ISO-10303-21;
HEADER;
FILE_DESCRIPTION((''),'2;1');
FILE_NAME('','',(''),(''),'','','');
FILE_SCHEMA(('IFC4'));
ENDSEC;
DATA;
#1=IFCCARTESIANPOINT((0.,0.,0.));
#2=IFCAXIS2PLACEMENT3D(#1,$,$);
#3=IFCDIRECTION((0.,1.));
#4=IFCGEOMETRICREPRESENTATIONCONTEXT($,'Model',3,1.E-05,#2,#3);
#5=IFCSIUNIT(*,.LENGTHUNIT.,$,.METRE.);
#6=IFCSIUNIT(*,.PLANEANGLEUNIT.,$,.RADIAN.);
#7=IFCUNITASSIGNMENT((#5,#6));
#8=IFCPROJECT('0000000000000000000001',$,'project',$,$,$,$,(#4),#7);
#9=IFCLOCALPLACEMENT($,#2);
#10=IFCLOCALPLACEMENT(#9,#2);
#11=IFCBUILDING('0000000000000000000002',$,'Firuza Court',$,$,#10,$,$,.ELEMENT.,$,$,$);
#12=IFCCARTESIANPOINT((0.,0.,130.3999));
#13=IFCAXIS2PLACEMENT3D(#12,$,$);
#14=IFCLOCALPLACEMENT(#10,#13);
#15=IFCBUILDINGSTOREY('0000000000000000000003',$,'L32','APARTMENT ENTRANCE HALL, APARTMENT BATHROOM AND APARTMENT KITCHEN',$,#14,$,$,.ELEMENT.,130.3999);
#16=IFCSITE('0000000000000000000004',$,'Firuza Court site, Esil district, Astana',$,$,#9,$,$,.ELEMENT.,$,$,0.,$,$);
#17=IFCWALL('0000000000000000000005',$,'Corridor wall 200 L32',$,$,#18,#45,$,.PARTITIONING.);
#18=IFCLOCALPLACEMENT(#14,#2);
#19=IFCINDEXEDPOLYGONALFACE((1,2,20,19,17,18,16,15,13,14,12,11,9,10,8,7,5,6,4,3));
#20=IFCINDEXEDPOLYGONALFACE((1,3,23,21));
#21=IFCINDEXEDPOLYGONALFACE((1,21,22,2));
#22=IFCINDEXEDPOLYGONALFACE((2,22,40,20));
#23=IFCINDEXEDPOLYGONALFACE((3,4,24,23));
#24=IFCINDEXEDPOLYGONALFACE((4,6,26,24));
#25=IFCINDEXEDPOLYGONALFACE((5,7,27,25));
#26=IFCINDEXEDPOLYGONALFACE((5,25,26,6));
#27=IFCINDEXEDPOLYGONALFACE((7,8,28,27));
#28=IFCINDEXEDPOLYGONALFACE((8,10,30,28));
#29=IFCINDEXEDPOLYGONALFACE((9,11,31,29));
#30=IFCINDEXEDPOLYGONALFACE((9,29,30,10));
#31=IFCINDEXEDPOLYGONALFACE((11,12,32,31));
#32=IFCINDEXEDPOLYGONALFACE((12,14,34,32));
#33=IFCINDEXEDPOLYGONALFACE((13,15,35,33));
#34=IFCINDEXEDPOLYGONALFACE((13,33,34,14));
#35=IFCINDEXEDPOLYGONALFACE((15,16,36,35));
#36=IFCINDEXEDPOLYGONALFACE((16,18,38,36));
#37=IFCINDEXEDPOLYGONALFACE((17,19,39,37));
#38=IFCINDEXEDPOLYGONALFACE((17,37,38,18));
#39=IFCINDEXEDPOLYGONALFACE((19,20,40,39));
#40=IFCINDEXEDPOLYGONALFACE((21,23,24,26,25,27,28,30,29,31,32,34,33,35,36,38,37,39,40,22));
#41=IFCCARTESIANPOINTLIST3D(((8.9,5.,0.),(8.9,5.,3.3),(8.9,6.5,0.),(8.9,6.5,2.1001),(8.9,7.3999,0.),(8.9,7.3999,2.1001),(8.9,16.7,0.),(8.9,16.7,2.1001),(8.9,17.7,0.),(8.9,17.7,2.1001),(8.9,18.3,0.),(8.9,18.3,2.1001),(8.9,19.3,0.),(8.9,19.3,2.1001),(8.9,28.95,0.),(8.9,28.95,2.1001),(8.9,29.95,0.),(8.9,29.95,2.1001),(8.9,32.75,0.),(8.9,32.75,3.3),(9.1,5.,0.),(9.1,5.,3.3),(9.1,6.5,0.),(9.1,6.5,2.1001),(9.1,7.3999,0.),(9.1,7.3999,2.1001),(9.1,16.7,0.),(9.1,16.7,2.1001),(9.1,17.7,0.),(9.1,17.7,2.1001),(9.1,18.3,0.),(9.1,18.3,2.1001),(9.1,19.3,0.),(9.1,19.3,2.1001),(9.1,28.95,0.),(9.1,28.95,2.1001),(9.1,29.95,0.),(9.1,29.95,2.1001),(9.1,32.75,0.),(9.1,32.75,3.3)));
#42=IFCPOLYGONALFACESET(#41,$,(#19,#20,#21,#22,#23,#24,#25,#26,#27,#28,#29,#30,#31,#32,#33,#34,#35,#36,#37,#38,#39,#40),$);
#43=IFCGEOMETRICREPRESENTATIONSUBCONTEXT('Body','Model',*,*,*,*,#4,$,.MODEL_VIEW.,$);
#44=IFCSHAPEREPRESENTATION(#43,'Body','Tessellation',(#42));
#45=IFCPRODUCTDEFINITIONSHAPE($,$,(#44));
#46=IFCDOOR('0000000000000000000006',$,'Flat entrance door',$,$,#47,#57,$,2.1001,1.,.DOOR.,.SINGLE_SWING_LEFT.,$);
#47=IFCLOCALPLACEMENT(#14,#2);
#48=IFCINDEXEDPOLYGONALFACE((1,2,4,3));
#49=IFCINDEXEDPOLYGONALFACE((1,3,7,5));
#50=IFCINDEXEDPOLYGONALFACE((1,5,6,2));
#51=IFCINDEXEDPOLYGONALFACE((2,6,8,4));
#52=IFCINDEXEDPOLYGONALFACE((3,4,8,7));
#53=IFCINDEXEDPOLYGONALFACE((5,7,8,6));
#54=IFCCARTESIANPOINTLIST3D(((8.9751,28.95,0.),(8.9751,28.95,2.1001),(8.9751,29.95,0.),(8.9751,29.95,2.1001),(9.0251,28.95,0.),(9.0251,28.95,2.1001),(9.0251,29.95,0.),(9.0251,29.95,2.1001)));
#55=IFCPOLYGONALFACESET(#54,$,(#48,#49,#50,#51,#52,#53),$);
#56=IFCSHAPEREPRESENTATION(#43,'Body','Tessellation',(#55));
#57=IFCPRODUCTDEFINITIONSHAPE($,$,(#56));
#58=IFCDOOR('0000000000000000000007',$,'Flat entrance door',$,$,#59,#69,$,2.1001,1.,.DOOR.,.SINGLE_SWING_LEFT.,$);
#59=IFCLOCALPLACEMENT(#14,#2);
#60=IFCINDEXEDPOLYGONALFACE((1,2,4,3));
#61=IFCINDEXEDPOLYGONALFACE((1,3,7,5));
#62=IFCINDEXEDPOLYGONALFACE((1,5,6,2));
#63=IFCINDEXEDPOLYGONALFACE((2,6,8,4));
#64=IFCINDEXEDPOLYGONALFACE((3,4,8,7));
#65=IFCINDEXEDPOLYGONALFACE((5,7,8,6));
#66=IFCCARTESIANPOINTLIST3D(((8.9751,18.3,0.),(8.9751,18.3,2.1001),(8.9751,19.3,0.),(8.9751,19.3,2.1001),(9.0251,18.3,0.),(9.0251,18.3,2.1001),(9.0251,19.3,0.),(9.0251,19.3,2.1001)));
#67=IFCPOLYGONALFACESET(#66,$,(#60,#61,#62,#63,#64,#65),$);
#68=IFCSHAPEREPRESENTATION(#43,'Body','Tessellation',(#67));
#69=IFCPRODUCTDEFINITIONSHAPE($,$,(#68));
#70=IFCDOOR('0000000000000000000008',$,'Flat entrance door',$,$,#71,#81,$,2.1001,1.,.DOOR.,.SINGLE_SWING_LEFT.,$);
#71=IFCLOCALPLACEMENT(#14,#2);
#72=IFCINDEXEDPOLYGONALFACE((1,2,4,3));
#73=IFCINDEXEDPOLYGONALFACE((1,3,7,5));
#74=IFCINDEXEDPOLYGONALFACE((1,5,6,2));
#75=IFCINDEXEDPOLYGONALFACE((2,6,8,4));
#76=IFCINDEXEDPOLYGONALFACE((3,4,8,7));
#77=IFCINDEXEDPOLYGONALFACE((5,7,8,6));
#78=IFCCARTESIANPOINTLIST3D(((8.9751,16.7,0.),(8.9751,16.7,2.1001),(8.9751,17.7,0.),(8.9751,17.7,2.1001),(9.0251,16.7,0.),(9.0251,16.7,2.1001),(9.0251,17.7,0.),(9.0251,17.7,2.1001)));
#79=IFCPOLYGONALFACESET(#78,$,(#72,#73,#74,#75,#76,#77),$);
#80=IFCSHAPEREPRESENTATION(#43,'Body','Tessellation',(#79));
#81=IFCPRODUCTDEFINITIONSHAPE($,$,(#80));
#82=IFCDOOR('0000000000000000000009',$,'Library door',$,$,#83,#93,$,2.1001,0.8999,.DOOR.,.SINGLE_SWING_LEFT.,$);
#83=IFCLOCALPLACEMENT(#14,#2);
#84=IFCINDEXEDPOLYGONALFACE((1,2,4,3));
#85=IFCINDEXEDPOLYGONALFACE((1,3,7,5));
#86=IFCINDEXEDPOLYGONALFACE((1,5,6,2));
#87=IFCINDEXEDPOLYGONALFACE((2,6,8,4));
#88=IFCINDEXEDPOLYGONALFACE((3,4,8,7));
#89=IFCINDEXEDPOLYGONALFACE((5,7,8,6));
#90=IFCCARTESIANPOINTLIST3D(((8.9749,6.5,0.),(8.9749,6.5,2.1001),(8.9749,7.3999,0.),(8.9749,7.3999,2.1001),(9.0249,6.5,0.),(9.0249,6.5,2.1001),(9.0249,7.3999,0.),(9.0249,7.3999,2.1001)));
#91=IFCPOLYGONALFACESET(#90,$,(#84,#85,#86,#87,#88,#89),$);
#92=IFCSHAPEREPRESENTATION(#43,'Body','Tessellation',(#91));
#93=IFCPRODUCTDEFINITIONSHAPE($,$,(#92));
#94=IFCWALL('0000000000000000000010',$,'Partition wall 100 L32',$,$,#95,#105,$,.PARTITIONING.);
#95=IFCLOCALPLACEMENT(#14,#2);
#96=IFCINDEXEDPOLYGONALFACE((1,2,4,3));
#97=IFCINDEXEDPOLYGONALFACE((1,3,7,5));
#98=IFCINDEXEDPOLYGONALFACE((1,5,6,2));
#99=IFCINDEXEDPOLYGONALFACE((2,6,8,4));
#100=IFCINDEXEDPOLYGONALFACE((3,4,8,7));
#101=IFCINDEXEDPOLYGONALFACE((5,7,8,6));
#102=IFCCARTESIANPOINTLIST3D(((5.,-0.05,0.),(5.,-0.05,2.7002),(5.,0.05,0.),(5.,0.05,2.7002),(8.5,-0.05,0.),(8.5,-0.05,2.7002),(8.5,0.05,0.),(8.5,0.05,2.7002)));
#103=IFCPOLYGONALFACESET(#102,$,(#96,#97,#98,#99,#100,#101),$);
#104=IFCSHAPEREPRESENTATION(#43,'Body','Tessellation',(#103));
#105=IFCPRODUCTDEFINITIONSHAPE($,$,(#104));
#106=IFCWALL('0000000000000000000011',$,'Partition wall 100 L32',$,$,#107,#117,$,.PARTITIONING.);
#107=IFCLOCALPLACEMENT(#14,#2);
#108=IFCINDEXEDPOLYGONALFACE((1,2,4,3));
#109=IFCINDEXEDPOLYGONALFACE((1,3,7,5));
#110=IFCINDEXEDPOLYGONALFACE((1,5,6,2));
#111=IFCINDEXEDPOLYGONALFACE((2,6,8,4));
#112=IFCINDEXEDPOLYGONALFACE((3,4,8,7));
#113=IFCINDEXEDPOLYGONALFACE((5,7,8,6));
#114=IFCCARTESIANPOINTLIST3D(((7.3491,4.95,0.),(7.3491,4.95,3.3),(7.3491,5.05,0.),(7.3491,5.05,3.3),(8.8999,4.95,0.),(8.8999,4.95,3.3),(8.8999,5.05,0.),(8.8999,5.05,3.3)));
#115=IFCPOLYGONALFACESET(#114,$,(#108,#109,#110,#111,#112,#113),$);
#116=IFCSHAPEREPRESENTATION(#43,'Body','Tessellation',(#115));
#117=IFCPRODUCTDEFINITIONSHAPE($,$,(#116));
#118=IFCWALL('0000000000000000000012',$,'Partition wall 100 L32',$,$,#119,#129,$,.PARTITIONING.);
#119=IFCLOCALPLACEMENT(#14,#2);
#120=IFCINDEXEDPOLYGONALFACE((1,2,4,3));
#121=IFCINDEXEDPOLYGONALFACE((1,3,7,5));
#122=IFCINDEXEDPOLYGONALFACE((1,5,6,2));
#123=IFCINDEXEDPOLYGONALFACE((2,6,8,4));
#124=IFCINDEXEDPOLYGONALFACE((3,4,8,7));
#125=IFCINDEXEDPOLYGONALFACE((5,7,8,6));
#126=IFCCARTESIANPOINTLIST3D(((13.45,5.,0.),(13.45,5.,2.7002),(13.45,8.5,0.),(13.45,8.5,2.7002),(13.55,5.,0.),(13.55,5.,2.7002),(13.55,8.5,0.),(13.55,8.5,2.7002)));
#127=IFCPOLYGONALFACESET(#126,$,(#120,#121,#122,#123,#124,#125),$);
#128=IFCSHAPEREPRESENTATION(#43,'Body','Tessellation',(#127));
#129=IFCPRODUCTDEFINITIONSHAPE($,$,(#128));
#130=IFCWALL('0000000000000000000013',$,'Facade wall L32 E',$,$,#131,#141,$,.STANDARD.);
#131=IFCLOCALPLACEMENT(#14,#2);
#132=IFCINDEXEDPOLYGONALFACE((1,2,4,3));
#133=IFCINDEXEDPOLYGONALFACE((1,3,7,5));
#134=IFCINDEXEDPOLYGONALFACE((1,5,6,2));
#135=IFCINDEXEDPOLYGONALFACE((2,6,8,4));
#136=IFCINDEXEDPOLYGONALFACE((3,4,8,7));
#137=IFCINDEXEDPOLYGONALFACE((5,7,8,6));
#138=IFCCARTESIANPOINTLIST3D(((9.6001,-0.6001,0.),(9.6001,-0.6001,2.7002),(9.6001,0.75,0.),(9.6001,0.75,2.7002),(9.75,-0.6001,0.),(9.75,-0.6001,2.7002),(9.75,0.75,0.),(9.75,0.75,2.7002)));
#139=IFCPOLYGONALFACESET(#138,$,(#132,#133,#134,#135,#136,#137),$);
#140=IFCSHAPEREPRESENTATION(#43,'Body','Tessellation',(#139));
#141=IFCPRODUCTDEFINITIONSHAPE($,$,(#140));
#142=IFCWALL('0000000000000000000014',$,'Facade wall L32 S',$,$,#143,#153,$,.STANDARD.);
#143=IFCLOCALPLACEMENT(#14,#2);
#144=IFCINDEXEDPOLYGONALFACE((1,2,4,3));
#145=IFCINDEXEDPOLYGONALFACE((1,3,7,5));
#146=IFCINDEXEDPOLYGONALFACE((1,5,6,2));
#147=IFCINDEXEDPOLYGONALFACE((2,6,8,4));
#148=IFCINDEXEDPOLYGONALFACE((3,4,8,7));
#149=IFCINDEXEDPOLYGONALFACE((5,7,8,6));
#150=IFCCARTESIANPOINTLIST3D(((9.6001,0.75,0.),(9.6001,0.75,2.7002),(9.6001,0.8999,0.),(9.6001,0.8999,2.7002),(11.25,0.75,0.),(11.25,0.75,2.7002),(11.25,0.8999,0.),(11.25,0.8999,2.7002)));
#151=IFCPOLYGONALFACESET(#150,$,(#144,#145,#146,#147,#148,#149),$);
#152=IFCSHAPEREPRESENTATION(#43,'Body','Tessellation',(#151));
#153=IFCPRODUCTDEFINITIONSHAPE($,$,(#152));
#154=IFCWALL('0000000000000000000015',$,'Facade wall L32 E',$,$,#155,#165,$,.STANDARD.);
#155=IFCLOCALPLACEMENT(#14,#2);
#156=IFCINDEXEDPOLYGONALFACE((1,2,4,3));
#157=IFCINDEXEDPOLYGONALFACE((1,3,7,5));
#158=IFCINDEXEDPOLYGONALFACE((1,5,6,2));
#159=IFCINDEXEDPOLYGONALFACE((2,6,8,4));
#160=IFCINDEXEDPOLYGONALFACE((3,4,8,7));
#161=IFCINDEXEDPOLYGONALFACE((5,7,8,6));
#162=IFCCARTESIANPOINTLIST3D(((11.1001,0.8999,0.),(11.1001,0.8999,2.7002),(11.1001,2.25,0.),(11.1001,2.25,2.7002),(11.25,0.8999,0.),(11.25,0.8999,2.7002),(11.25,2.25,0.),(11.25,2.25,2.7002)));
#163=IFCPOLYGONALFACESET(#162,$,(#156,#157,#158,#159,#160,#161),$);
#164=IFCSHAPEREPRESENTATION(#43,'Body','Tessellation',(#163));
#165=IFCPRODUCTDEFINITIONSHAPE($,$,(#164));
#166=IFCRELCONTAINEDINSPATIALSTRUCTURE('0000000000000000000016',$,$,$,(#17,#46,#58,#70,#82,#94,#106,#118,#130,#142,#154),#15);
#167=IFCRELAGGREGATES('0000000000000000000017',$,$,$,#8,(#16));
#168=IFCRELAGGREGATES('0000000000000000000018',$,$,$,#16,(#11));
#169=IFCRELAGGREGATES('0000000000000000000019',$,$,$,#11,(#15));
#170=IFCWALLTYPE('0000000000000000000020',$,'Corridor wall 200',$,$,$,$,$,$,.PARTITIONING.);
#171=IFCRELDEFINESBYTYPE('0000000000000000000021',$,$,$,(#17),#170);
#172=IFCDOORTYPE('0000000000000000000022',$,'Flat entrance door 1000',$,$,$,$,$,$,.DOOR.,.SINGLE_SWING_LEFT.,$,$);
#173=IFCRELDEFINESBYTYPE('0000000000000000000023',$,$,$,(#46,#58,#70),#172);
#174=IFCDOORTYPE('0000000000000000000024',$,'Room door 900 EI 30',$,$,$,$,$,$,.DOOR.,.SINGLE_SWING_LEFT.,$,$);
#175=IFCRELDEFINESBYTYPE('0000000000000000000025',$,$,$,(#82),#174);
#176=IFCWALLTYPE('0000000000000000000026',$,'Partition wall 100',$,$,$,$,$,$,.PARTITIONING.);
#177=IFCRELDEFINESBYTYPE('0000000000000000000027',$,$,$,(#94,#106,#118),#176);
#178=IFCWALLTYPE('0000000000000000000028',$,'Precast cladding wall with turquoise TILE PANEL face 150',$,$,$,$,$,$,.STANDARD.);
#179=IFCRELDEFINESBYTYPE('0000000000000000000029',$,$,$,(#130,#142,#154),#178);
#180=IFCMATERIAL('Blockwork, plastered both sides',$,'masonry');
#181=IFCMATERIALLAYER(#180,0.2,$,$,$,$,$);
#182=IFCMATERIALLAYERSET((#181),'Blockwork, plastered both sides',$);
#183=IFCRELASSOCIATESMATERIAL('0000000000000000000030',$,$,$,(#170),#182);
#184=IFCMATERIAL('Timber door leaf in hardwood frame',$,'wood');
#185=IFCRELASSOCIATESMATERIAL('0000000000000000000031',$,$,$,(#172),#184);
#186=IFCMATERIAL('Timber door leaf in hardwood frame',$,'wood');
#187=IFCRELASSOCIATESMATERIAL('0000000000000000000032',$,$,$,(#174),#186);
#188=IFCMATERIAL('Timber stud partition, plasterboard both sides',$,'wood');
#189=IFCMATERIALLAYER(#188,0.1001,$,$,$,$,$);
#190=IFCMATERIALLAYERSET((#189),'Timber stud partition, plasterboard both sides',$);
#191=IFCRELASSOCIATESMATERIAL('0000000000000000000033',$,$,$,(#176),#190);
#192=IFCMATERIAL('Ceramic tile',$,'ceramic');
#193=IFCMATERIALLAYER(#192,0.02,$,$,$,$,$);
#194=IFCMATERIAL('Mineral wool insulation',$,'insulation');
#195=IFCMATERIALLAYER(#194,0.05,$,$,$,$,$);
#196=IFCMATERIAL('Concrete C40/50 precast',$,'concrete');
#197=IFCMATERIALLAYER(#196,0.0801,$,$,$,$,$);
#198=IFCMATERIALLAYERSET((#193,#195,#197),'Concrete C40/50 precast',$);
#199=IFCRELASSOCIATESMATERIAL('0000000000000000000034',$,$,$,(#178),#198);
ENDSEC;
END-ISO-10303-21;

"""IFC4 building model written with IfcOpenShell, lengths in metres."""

from ifc_helpers import new_model, si_unit, direction, frame, frame_2d, origin, place, context, subcontext, project, spatial, rectangle, extrude, material, layer, layer_set, type_object, element, fill, save


model = new_model("IFC4")

# Units and contexts
model_context = context("Model", 3, precision=1e-05, world=origin(), true_north=direction((0.0, 1.0)))
body_context = subcontext(model_context, "Body", "Model", "MODEL_VIEW")
ifc_project = project(units=[si_unit("LENGTHUNIT", "METRE"), si_unit("PLANEANGLEUNIT", "RADIAN")], contexts=[model_context])

# Site, building, storey
site_placement = place(None, origin())
site = spatial("IfcSite", under=ifc_project, at=site_placement, Name="Firuza Court site, Esil district, Astana", CompositionType="ELEMENT", RefElevation=0.0)
building_placement = place(site_placement, origin())
building = spatial("IfcBuilding", under=site, at=building_placement, Name="Firuza Court", CompositionType="ELEMENT")
storey_placement = place(building_placement, frame((0.0, 0.0, 130.3999)))
storey = spatial("IfcBuildingStorey", under=building, at=storey_placement, Name="L32", Description="APARTMENT ENTRANCE HALL, APARTMENT BATHROOM AND APARTMENT KITCHEN", CompositionType="ELEMENT", Elevation=130.3999)

# Wall, openings, doors
ifc_material_1 = material(Name="Blockwork, plastered both sides", Category="masonry")
ifc_layer_1 = layer(ifc_material_1, 0.2)
ifc_layer_set_1 = layer_set([ifc_layer_1], Name="Blockwork, plastered both sides")
wall_type_1 = type_object("IfcWallType", Name="Corridor wall 200", PredefinedType="PARTITIONING", material=ifc_layer_set_1)
wall_1_placement = place(storey_placement, frame((9.0, 5.0, 0.0), z_axis=(0.0, 0.0, 1.0), x_axis=(0.0, 1.0, 0.0)))
wall_1 = element("IfcWall", 1, at=wall_1_placement, inside=storey, type_object=wall_type_1, Name="Corridor wall 200 L32", PredefinedType="PARTITIONING", context=body_context, shape_type="SweptSolid", body=[
    extrude(rectangle(XDim=27.75, YDim=0.2, at=frame_2d((13.875, 0.0))), origin(), (0.0, 0.0, 1.0), 3.3),
])
opening_1_placement = place(wall_1_placement, frame((23.95, 0.0, 0.0)))
opening_1 = element("IfcOpeningElement", 2, at=opening_1_placement, cuts=wall_1, PredefinedType="OPENING", context=body_context, shape_type="SweptSolid", body=[
    extrude(rectangle(XDim=1.0, YDim=2.1001, at=frame_2d((0.5, 1.05))), frame((0.0, 0.1118, 0.0), z_axis=(0.0, -1.0, 0.0), x_axis=(1.0, 0.0, 0.0)), (0.0, 0.0, 1.0), 0.2239),
])
opening_2_placement = place(wall_1_placement, frame((13.3, 0.0, 0.0)))
opening_2 = element("IfcOpeningElement", 3, at=opening_2_placement, cuts=wall_1, PredefinedType="OPENING", context=body_context, shape_type="SweptSolid", body=[
    extrude(rectangle(XDim=1.0, YDim=2.1001, at=frame_2d((0.5, 1.05))), frame((0.0, 0.1118, 0.0), z_axis=(0.0, -1.0, 0.0), x_axis=(1.0, 0.0, 0.0)), (0.0, 0.0, 1.0), 0.2239),
])
opening_3_placement = place(wall_1_placement, frame((11.7, 0.0, 0.0)))
opening_3 = element("IfcOpeningElement", 4, at=opening_3_placement, cuts=wall_1, PredefinedType="OPENING", context=body_context, shape_type="SweptSolid", body=[
    extrude(rectangle(XDim=1.0, YDim=2.1001, at=frame_2d((0.5, 1.05))), frame((0.0, 0.1118, 0.0), z_axis=(0.0, -1.0, 0.0), x_axis=(1.0, 0.0, 0.0)), (0.0, 0.0, 1.0), 0.2239),
])
opening_4_placement = place(wall_1_placement, frame((1.5, 0.0, 0.0)))
opening_4 = element("IfcOpeningElement", 5, at=opening_4_placement, cuts=wall_1, PredefinedType="OPENING", context=body_context, shape_type="SweptSolid", body=[
    extrude(rectangle(XDim=0.8999, YDim=2.1001, at=frame_2d((0.45, 1.05))), frame((0.0, 0.1118, 0.0), z_axis=(0.0, -1.0, 0.0), x_axis=(1.0, 0.0, 0.0)), (0.0, 0.0, 1.0), 0.2239),
])
ifc_material_2 = material(Name="Timber door leaf in hardwood frame", Category="wood")
door_type_1 = type_object("IfcDoorType", Name="Flat entrance door 1000", OperationType="SINGLE_SWING_LEFT", PredefinedType="DOOR", material=ifc_material_2)
door_1_placement = place(opening_1_placement, origin())
door_1 = element("IfcDoor", 6, at=door_1_placement, inside=storey, type_object=door_type_1, Name="Flat entrance door", OperationType="SINGLE_SWING_LEFT", OverallHeight=2.1001, OverallWidth=1.0, PredefinedType="DOOR", context=body_context, shape_type="SweptSolid", body=[
    extrude(rectangle(XDim=1.0, YDim=2.1001, at=frame_2d((0.5, 1.05))), frame((0.0, 0.0249, 0.0), z_axis=(0.0, -1.0, 0.0), x_axis=(1.0, 0.0, 0.0)), (0.0, 0.0, 1.0), 0.05),
])
fill(opening_1, door_1)
door_2_placement = place(opening_2_placement, origin())
door_2 = element("IfcDoor", 7, at=door_2_placement, inside=storey, type_object=door_type_1, Name="Flat entrance door", OperationType="SINGLE_SWING_LEFT", OverallHeight=2.1001, OverallWidth=1.0, PredefinedType="DOOR", context=body_context, shape_type="SweptSolid", body=[
    extrude(rectangle(XDim=1.0, YDim=2.1001, at=frame_2d((0.5, 1.05))), frame((0.0, 0.0249, 0.0), z_axis=(0.0, -1.0, 0.0), x_axis=(1.0, 0.0, 0.0)), (0.0, 0.0, 1.0), 0.05),
])
fill(opening_2, door_2)
door_3_placement = place(opening_3_placement, origin())
door_3 = element("IfcDoor", 8, at=door_3_placement, inside=storey, type_object=door_type_1, Name="Flat entrance door", OperationType="SINGLE_SWING_LEFT", OverallHeight=2.1001, OverallWidth=1.0, PredefinedType="DOOR", context=body_context, shape_type="SweptSolid", body=[
    extrude(rectangle(XDim=1.0, YDim=2.1001, at=frame_2d((0.5, 1.05))), frame((0.0, 0.0249, 0.0), z_axis=(0.0, -1.0, 0.0), x_axis=(1.0, 0.0, 0.0)), (0.0, 0.0, 1.0), 0.05),
])
fill(opening_3, door_3)
ifc_material_3 = material(Name="Timber door leaf in hardwood frame", Category="wood")
door_type_2 = type_object("IfcDoorType", Name="Room door 900 EI 30", OperationType="SINGLE_SWING_LEFT", PredefinedType="DOOR", material=ifc_material_3)
door_4_placement = place(opening_4_placement, frame((0.8999, 0.0, 0.0), z_axis=(0.0, 0.0, 1.0), x_axis=(-1.0, 0.0, 0.0)))
door_4 = element("IfcDoor", 9, at=door_4_placement, inside=storey, type_object=door_type_2, Name="Library door", OperationType="SINGLE_SWING_LEFT", OverallHeight=2.1001, OverallWidth=0.8999, PredefinedType="DOOR", context=body_context, shape_type="SweptSolid", body=[
    extrude(rectangle(XDim=0.8999, YDim=2.1001, at=frame_2d((0.45, 1.05))), frame((0.0, 0.0249, 0.0), z_axis=(0.0, -1.0, 0.0), x_axis=(1.0, 0.0, 0.0)), (0.0, 0.0, 1.0), 0.05),
])
fill(opening_4, door_4)

# Walls
ifc_material_4 = material(Name="Timber stud partition, plasterboard both sides", Category="wood")
ifc_layer_2 = layer(ifc_material_4, 0.1001)
ifc_layer_set_2 = layer_set([ifc_layer_2], Name="Timber stud partition, plasterboard both sides")
wall_type_2 = type_object("IfcWallType", Name="Partition wall 100", PredefinedType="PARTITIONING", material=ifc_layer_set_2)
wall_2_placement = place(storey_placement, frame((5.0, 0.0, 0.0), z_axis=(0.0, 0.0, 1.0), x_axis=(1.0, 0.0, 0.0)))
element("IfcWall", 10, at=wall_2_placement, inside=storey, type_object=wall_type_2, Name="Partition wall 100 L32", PredefinedType="PARTITIONING", context=body_context, shape_type="SweptSolid", body=[
    extrude(rectangle(XDim=3.5, YDim=0.1001, at=frame_2d((1.75, 0.0))), origin(), (0.0, 0.0, 1.0), 2.7002),
])
wall_3_placement = place(storey_placement, frame((7.3491, 5.0, 0.0), z_axis=(0.0, 0.0, 1.0), x_axis=(1.0, 0.0, 0.0)))
element("IfcWall", 11, at=wall_3_placement, inside=storey, type_object=wall_type_2, Name="Partition wall 100 L32", PredefinedType="PARTITIONING", context=body_context, shape_type="SweptSolid", body=[
    extrude(rectangle(XDim=1.5508, YDim=0.1001, at=frame_2d((0.7754, 0.0))), origin(), (0.0, 0.0, 1.0), 3.3),
])
wall_4_placement = place(storey_placement, frame((13.5, 5.0, 0.0), z_axis=(0.0, 0.0, 1.0), x_axis=(0.0, 1.0, 0.0)))
element("IfcWall", 12, at=wall_4_placement, inside=storey, type_object=wall_type_2, Name="Partition wall 100 L32", PredefinedType="PARTITIONING", context=body_context, shape_type="SweptSolid", body=[
    extrude(rectangle(XDim=3.5, YDim=0.1001, at=frame_2d((1.75, 0.0))), origin(), (0.0, 0.0, 1.0), 2.7002),
])
ifc_material_5 = material(Name="Ceramic tile", Category="ceramic")
ifc_layer_3 = layer(ifc_material_5, 0.02)
ifc_material_6 = material(Name="Mineral wool insulation", Category="insulation")
ifc_layer_4 = layer(ifc_material_6, 0.05)
ifc_material_7 = material(Name="Concrete C40/50 precast", Category="concrete")
ifc_layer_5 = layer(ifc_material_7, 0.0801)
ifc_layer_set_3 = layer_set([ifc_layer_3, ifc_layer_4, ifc_layer_5], Name="Concrete C40/50 precast")
wall_type_3 = type_object("IfcWallType", Name="Precast cladding wall with turquoise TILE PANEL face 150", PredefinedType="STANDARD", material=ifc_layer_set_3)
wall_5_placement = place(storey_placement, frame((9.675, -0.6001, 0.0), z_axis=(0.0, 0.0, 1.0), x_axis=(0.0, 1.0, 0.0)))
element("IfcWall", 13, at=wall_5_placement, inside=storey, type_object=wall_type_3, Name="Facade wall L32 E", PredefinedType="STANDARD", context=body_context, shape_type="SweptSolid", body=[
    extrude(rectangle(XDim=1.3501, YDim=0.1499, at=frame_2d((0.675, 0.0))), origin(), (0.0, 0.0, 1.0), 2.7002),
])
wall_6_placement = place(storey_placement, frame((9.6001, 0.825, 0.0), z_axis=(0.0, 0.0, 1.0), x_axis=(1.0, 0.0, 0.0)))
element("IfcWall", 14, at=wall_6_placement, inside=storey, type_object=wall_type_3, Name="Facade wall L32 S", PredefinedType="STANDARD", context=body_context, shape_type="SweptSolid", body=[
    extrude(rectangle(XDim=1.6499, YDim=0.1499, at=frame_2d((0.825, 0.0))), origin(), (0.0, 0.0, 1.0), 2.7002),
])
wall_7_placement = place(storey_placement, frame((11.175, 0.8999, 0.0), z_axis=(0.0, 0.0, 1.0), x_axis=(0.0, 1.0, 0.0)))
element("IfcWall", 15, at=wall_7_placement, inside=storey, type_object=wall_type_3, Name="Facade wall L32 E", PredefinedType="STANDARD", context=body_context, shape_type="SweptSolid", body=[
    extrude(rectangle(XDim=1.3501, YDim=0.1499, at=frame_2d((0.675, 0.0))), origin(), (0.0, 0.0, 1.0), 2.7002),
])

save(model, "model.ifc")
